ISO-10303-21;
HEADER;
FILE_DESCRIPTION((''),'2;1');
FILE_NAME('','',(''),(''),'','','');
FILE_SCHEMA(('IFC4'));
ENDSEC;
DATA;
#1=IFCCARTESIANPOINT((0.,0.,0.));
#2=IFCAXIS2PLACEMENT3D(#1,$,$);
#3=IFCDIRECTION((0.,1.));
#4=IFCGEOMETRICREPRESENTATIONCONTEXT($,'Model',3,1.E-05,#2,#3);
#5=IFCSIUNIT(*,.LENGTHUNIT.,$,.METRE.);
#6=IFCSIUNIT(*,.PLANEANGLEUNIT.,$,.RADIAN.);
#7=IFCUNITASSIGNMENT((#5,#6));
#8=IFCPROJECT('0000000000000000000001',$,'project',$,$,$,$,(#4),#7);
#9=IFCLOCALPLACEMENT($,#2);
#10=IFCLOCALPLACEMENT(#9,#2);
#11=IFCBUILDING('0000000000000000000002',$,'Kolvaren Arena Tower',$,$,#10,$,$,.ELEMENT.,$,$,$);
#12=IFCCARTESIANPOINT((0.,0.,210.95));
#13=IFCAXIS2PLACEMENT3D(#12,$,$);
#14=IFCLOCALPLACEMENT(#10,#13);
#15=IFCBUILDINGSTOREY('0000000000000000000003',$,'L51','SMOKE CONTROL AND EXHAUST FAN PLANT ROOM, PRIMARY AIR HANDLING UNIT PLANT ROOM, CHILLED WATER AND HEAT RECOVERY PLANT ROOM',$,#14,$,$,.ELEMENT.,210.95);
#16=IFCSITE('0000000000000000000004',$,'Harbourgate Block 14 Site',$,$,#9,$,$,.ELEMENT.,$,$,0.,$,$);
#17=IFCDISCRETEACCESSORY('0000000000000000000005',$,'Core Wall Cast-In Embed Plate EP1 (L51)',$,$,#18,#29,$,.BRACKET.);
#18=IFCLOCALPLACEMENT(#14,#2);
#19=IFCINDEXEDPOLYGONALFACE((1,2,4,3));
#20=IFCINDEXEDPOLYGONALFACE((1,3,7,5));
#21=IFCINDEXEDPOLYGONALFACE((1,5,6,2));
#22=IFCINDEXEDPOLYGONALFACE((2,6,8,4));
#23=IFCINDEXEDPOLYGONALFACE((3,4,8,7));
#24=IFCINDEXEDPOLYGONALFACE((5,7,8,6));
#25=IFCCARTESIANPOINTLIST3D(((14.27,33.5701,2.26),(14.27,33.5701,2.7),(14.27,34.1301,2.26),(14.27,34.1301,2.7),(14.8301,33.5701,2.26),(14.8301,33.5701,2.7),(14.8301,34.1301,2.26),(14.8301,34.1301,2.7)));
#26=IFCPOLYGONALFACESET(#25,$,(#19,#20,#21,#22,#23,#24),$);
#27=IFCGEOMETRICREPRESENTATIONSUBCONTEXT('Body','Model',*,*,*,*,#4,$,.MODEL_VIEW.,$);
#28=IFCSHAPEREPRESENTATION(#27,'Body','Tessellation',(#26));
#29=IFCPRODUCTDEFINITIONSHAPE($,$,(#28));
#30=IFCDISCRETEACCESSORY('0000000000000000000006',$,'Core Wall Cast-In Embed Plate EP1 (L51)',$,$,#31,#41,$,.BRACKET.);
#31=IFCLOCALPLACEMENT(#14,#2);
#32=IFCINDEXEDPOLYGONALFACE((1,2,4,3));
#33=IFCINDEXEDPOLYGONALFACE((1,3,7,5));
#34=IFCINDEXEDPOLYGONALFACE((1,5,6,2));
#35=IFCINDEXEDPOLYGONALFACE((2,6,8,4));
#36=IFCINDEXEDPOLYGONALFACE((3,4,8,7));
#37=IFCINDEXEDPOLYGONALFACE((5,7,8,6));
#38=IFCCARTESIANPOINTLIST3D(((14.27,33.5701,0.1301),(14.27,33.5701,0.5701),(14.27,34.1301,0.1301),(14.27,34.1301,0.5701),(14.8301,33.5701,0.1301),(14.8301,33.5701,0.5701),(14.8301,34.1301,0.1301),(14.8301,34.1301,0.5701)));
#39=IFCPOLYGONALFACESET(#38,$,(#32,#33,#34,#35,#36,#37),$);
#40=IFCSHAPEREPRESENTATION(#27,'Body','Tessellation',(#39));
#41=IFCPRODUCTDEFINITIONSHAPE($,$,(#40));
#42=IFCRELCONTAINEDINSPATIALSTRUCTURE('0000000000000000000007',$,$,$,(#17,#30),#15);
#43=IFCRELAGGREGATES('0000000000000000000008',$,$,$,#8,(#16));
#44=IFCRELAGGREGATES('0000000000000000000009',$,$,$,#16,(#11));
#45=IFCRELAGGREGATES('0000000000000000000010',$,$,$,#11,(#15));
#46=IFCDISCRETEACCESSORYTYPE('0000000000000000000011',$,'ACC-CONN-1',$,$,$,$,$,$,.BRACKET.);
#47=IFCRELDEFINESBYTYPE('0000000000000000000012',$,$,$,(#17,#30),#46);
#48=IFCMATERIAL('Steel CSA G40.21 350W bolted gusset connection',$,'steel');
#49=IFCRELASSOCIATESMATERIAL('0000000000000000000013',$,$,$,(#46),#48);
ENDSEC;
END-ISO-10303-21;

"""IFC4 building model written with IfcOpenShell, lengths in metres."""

from ifc_helpers import new_model, si_unit, direction, frame, origin, origin_2d, place, context, subcontext, project, spatial, rectangle, extrude, material, type_object, element, save


model = new_model("IFC4")

# Units and contexts
model_context = context("Model", 3, precision=1e-05, world=origin(), true_north=direction((0.0, 1.0)))
body_context = subcontext(model_context, "Body", "Model", "MODEL_VIEW")
ifc_project = project(units=[si_unit("LENGTHUNIT", "METRE"), si_unit("PLANEANGLEUNIT", "RADIAN")], contexts=[model_context])

# Site, building, storey
site_placement = place(None, origin())
site = spatial("IfcSite", under=ifc_project, at=site_placement, Name="Harbourgate Block 14 Site", CompositionType="ELEMENT", RefElevation=0.0)
building_placement = place(site_placement, origin())
building = spatial("IfcBuilding", under=site, at=building_placement, Name="Kolvaren Arena Tower", CompositionType="ELEMENT")
storey_placement = place(building_placement, frame((0.0, 0.0, 210.95)))
storey = spatial("IfcBuildingStorey", under=building, at=storey_placement, Name="L51", Description="SMOKE CONTROL AND EXHAUST FAN PLANT ROOM, PRIMARY AIR HANDLING UNIT PLANT ROOM, CHILLED WATER AND HEAT RECOVERY PLANT ROOM", CompositionType="ELEMENT", Elevation=210.95)

# Discrete accessories
ifc_material_1 = material(Name="Steel CSA G40.21 350W bolted gusset connection", Category="steel")
discrete_accessory_type = type_object("IfcDiscreteAccessoryType", Name="ACC-CONN-1", PredefinedType="BRACKET", material=ifc_material_1)
for number, where, z_axis, x_axis, name in (
    (1, (14.55, 33.8501, 2.26), (0.0, 0.0, 1.0), (1.0, 0.0, 0.0), "Core Wall Cast-In Embed Plate EP1 (L51)"),
    (2, (14.55, 33.8501, 0.1301), (0.0, 0.0, 1.0), (1.0, 0.0, 0.0), "Core Wall Cast-In Embed Plate EP1 (L51)"),
):
    element("IfcDiscreteAccessory", number, at=place(storey_placement, frame(where, z_axis=z_axis, x_axis=x_axis)), inside=storey, type_object=discrete_accessory_type, Name=name, PredefinedType="BRACKET", context=body_context, shape_type="SweptSolid", body=[
        extrude(rectangle(XDim=0.5601, YDim=0.5601, at=origin_2d()), origin(), (0.0, 0.0, 1.0), 0.4399),
    ])

save(model, "model.ifc")
